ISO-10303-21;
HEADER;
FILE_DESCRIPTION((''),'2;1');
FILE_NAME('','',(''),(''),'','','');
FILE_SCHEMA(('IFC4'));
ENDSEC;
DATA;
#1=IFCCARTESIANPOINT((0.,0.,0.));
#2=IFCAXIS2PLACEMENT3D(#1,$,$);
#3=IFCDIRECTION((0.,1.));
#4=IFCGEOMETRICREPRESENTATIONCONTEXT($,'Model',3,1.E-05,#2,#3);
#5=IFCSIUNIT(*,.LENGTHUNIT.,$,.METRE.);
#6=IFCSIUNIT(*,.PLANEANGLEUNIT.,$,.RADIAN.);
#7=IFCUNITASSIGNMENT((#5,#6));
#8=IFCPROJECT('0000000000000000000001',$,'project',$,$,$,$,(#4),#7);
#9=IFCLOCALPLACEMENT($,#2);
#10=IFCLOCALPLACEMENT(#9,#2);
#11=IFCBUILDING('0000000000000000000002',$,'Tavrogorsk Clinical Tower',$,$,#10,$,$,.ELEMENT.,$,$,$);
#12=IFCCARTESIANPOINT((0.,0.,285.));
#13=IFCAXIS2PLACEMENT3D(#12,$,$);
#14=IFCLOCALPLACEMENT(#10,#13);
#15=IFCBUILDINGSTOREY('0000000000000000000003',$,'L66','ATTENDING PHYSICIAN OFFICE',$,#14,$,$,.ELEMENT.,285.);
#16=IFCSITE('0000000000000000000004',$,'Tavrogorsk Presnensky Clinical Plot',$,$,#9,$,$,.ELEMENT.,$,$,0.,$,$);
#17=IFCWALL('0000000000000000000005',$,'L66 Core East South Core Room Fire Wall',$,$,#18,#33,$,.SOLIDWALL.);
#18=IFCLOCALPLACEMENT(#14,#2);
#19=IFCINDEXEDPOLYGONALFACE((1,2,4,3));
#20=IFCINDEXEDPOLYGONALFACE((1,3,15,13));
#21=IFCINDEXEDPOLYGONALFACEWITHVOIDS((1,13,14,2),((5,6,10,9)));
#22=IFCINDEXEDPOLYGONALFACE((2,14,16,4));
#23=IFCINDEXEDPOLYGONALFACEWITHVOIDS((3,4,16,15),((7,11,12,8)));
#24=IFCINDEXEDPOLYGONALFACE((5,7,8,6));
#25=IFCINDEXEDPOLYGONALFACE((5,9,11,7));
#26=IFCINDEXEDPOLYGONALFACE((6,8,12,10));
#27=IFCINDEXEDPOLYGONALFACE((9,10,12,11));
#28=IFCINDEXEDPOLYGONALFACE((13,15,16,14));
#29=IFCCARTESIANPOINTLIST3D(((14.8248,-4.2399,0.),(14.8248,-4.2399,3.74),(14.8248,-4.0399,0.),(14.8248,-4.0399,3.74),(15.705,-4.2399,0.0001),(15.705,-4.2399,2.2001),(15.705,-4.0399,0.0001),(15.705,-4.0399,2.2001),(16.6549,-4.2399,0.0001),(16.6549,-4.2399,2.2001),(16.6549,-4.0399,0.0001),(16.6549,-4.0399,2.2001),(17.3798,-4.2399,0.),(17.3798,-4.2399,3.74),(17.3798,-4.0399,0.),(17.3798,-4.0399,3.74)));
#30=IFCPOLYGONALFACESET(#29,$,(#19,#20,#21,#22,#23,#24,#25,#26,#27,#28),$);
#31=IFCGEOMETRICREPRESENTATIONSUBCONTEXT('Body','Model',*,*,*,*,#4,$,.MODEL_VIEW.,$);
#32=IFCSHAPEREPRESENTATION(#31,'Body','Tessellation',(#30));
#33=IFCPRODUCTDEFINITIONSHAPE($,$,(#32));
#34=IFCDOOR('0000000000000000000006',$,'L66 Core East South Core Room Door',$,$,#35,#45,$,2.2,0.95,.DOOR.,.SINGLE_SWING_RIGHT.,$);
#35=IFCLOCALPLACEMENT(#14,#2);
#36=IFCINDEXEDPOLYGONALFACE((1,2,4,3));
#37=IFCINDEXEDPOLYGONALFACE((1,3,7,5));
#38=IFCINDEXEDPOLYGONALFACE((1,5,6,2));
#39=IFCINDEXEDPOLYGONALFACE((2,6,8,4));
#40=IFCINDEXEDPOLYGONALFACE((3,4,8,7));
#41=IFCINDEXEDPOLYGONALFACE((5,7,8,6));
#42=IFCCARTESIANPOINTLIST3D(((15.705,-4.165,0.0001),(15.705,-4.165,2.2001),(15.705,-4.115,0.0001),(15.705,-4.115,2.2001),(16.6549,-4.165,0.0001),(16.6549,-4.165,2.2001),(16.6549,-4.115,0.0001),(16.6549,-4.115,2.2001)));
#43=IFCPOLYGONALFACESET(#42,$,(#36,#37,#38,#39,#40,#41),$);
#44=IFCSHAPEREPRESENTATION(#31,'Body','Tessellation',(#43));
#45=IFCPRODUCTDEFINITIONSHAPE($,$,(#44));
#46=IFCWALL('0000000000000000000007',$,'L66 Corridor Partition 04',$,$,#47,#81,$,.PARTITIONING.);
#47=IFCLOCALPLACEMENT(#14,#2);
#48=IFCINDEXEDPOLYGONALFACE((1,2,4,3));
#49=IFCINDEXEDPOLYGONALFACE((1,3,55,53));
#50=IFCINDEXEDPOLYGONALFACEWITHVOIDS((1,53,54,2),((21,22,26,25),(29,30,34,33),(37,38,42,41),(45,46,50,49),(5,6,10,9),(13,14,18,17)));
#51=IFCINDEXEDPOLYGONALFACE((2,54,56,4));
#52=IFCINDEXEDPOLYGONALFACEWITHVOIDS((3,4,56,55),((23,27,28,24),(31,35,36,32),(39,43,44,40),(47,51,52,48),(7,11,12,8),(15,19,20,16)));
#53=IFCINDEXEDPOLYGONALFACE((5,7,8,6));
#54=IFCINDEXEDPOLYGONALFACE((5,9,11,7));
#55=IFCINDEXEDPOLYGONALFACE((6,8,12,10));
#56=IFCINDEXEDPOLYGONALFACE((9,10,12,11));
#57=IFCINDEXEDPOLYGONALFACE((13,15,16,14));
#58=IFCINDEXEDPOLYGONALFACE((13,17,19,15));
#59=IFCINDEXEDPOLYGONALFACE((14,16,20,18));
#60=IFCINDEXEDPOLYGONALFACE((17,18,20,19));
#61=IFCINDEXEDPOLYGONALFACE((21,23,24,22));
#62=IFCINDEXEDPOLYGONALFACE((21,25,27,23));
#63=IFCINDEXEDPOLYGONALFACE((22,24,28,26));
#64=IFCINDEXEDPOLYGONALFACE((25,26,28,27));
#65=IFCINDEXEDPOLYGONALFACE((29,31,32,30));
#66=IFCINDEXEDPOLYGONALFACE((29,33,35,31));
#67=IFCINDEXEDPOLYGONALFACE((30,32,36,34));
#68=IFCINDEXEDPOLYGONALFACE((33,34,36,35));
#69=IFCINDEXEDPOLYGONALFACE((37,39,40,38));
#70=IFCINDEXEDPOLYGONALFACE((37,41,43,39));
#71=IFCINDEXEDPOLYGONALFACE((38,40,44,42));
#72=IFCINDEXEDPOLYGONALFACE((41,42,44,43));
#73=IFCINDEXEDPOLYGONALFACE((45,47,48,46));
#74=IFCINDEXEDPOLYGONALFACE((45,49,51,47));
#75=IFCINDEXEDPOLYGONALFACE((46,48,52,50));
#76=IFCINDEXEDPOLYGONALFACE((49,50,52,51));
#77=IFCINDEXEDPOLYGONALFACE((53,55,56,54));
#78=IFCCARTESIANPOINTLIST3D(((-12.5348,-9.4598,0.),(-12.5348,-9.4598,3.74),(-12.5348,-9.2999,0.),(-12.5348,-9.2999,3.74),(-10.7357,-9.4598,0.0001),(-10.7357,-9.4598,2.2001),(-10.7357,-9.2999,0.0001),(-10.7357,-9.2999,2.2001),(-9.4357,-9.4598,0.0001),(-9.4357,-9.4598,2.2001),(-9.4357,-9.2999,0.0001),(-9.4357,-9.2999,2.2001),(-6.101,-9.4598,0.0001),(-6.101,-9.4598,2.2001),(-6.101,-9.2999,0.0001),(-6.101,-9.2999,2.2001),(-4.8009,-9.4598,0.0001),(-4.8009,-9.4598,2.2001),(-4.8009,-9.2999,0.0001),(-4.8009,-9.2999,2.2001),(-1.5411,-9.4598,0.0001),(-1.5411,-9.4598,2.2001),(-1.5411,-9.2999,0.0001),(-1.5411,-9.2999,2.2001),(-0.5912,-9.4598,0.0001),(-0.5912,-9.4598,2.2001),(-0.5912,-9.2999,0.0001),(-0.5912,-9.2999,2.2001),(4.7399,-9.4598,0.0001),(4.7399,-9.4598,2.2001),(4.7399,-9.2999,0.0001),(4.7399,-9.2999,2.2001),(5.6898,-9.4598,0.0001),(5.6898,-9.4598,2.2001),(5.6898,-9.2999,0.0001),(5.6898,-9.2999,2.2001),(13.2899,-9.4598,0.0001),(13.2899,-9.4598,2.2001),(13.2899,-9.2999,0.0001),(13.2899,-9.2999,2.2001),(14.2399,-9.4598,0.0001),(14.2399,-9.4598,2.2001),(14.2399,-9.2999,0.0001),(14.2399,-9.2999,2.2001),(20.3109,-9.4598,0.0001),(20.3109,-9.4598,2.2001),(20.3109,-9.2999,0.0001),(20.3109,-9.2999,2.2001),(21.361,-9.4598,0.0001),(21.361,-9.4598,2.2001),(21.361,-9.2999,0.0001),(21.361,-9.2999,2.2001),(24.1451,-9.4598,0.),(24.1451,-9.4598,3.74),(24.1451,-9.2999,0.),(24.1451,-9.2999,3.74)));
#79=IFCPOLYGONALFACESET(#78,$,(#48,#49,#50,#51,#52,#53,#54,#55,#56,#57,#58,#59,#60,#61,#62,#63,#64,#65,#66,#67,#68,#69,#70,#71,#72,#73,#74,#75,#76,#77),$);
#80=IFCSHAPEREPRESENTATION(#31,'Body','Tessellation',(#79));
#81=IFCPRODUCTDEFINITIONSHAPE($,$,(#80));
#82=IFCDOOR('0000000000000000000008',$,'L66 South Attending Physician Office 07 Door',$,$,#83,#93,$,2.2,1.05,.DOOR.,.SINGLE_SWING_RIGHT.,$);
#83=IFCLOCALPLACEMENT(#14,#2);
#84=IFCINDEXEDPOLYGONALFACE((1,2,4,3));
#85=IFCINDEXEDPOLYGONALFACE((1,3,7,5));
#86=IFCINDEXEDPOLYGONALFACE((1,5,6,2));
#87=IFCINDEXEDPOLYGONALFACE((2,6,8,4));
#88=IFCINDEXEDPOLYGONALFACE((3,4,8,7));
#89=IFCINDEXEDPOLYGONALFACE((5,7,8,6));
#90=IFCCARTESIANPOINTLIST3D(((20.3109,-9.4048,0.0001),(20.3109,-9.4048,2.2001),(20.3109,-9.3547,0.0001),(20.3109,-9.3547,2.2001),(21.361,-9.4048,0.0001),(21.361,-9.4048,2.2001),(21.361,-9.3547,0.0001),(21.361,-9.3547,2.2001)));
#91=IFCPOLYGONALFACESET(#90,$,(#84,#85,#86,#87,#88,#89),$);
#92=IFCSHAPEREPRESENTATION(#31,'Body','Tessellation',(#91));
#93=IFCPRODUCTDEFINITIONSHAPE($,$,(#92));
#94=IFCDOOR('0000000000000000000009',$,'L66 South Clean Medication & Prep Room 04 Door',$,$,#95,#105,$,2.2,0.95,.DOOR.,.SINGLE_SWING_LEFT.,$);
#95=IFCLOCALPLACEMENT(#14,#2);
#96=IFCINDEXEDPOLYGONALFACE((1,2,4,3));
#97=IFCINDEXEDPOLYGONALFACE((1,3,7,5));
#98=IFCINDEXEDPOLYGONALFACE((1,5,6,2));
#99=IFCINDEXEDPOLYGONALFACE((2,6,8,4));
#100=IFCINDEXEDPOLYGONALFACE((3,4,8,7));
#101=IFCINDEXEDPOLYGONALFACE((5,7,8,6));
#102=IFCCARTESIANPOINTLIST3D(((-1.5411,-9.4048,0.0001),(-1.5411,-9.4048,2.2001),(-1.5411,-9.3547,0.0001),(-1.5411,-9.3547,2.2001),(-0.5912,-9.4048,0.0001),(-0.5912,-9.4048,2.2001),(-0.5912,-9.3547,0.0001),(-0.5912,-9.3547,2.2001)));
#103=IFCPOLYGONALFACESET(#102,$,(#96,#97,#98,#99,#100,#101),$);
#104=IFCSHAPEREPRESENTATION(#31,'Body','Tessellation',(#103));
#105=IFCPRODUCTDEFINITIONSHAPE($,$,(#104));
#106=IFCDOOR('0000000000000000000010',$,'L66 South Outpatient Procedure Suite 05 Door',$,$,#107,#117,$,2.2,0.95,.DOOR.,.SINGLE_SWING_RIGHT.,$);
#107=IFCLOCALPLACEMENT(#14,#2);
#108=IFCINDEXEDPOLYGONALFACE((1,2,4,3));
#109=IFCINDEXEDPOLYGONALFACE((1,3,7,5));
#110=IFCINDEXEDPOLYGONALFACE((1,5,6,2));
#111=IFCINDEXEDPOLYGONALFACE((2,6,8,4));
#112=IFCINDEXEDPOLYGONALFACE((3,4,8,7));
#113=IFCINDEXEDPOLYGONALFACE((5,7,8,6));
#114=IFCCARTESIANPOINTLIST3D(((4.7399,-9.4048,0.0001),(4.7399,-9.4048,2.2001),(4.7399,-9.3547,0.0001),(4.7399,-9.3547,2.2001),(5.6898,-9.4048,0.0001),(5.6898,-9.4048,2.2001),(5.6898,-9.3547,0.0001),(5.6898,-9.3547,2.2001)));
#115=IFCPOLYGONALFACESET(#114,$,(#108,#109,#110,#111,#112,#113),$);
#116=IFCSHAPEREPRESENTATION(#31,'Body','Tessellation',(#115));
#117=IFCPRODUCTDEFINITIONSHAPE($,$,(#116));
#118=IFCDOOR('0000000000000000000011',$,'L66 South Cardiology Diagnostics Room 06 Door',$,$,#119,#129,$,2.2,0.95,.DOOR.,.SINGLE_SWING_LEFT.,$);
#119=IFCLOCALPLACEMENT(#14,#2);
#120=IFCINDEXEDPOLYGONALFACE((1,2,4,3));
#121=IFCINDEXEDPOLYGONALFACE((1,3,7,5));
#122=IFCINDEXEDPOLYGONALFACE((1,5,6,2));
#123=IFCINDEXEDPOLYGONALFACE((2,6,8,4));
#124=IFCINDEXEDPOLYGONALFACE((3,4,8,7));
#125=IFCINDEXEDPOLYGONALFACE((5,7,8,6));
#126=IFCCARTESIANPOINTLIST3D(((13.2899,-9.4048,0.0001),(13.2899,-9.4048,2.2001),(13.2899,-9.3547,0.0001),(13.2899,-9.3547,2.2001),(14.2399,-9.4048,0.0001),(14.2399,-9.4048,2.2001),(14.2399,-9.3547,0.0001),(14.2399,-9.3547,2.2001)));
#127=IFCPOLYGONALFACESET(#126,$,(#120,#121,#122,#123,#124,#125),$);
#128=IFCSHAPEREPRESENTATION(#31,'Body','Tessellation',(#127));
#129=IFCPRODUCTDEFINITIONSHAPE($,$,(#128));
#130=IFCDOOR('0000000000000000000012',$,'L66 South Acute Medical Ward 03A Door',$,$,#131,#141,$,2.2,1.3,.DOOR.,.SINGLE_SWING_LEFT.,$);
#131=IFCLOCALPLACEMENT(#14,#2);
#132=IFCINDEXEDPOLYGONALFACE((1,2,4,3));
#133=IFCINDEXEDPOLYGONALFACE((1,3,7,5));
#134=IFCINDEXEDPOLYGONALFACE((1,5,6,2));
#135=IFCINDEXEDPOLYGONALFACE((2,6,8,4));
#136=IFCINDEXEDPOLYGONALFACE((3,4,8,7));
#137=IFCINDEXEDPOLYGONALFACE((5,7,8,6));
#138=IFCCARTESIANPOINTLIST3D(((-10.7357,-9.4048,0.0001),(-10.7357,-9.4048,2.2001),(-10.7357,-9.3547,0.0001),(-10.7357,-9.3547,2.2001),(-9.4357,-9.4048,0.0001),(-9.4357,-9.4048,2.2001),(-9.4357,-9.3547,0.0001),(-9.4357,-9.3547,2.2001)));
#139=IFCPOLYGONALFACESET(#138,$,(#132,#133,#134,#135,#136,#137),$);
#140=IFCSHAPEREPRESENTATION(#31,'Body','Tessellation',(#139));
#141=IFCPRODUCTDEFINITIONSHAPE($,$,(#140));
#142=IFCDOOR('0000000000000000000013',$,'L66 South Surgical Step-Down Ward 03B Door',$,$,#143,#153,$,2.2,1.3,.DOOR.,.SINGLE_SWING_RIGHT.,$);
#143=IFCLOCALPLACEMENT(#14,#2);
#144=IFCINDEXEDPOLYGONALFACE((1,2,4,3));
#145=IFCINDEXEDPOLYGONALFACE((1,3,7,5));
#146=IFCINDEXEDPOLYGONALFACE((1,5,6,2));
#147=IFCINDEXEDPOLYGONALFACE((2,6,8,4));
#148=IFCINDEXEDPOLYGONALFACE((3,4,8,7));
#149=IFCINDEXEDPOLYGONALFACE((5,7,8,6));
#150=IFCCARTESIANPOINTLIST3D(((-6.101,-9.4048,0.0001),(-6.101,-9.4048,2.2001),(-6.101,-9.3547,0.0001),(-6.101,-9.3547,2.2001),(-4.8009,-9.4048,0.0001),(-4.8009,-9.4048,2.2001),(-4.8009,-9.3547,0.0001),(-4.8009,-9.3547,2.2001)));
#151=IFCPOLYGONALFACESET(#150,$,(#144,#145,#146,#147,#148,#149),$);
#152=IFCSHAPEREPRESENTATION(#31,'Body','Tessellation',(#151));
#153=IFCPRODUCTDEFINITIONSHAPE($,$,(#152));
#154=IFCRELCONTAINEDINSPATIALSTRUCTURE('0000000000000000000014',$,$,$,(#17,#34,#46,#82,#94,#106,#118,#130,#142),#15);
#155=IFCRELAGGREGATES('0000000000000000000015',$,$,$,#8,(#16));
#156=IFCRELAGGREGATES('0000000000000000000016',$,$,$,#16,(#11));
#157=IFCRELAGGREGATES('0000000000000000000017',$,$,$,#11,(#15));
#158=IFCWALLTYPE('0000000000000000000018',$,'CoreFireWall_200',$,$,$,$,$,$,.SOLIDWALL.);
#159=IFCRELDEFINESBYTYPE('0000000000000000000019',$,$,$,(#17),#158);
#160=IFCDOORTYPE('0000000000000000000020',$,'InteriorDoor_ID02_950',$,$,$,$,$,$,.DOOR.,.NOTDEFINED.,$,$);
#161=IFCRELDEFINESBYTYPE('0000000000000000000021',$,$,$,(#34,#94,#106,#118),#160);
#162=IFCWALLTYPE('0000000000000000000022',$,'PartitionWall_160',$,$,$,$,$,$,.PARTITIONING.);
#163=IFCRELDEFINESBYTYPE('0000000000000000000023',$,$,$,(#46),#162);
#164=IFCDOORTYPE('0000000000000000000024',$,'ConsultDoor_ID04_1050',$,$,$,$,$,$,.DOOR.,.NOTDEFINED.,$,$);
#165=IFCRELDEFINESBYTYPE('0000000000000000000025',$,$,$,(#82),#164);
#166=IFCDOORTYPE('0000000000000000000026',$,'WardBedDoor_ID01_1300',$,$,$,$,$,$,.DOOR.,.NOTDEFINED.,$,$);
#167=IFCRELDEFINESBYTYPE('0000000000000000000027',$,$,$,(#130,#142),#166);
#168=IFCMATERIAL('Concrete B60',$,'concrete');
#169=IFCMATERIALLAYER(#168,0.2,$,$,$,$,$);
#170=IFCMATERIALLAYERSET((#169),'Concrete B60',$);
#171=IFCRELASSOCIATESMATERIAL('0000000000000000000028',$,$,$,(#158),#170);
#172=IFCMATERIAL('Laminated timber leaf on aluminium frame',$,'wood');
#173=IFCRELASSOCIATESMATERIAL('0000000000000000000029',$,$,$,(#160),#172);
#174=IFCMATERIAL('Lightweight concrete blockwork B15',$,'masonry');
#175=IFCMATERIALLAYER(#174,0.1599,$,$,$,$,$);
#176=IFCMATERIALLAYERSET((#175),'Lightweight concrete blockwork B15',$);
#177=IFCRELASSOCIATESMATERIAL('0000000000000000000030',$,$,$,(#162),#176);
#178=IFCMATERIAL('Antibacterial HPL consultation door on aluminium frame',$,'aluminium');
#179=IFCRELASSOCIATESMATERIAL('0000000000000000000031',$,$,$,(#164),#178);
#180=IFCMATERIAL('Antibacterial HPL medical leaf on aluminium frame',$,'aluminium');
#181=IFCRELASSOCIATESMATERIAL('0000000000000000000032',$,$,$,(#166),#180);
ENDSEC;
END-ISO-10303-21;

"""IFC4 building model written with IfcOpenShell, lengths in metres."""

from ifc_helpers import new_model, si_unit, direction, frame, frame_2d, origin, place, context, subcontext, project, spatial, rectangle, extrude, material, layer, layer_set, type_object, element, fill, save


model = new_model("IFC4")

# Units and contexts
model_context = context("Model", 3, precision=1e-05, world=origin(), true_north=direction((0.0, 1.0)))
body_context = subcontext(model_context, "Body", "Model", "MODEL_VIEW")
ifc_project = project(units=[si_unit("LENGTHUNIT", "METRE"), si_unit("PLANEANGLEUNIT", "RADIAN")], contexts=[model_context])

# Site, building, storey
site_placement = place(None, origin())
site = spatial("IfcSite", under=ifc_project, at=site_placement, Name="Tavrogorsk Presnensky Clinical Plot", CompositionType="ELEMENT", RefElevation=0.0)
building_placement = place(site_placement, origin())
building = spatial("IfcBuilding", under=site, at=building_placement, Name="Tavrogorsk Clinical Tower", CompositionType="ELEMENT")
storey_placement = place(building_placement, frame((0.0, 0.0, 285.0)))
storey = spatial("IfcBuildingStorey", under=building, at=storey_placement, Name="L66", Description="ATTENDING PHYSICIAN OFFICE", CompositionType="ELEMENT", Elevation=285.0)

# Wall, opening, door
ifc_material_1 = material(Name="Concrete B60", Category="concrete")
ifc_layer_1 = layer(ifc_material_1, 0.2)
ifc_layer_set_1 = layer_set([ifc_layer_1], Name="Concrete B60")
wall_type_1 = type_object("IfcWallType", Name="CoreFireWall_200", PredefinedType="SOLIDWALL", material=ifc_layer_set_1)
wall_1_placement = place(storey_placement, frame((14.825, -4.1399, 0.0), z_axis=(0.0, 0.0, 1.0), x_axis=(1.0, 0.0, 0.0)))
wall_1 = element("IfcWall", 1, at=wall_1_placement, inside=storey, type_object=wall_type_1, Name="L66 Core East South Core Room Fire Wall", PredefinedType="SOLIDWALL", context=body_context, shape_type="SweptSolid", body=[
    extrude(rectangle(XDim=2.5549, YDim=0.2, at=frame_2d((1.2773, 0.0))), origin(), (0.0, 0.0, 1.0), 3.74),
])
opening_1_placement = place(wall_1_placement, frame((0.8799, 0.0, 0.0)))
opening_1 = element("IfcOpeningElement", 2, at=opening_1_placement, cuts=wall_1, PredefinedType="OPENING", context=body_context, shape_type="SweptSolid", body=[
    extrude(rectangle(XDim=0.95, YDim=2.2, at=frame_2d((0.4751, 1.1001))), frame((0.0, 0.1099, 0.0), z_axis=(0.0, -1.0, 0.0), x_axis=(1.0, 0.0, 0.0)), (0.0, 0.0, 1.0), 0.22),
])
ifc_material_2 = material(Name="Laminated timber leaf on aluminium frame", Category="wood")
door_type_1 = type_object("IfcDoorType", Name="InteriorDoor_ID02_950", OperationType="NOTDEFINED", PredefinedType="DOOR", material=ifc_material_2)
door_1_placement = place(opening_1_placement, origin())
door_1 = element("IfcDoor", 3, at=door_1_placement, inside=storey, type_object=door_type_1, Name="L66 Core East South Core Room Door", OperationType="SINGLE_SWING_RIGHT", OverallHeight=2.2, OverallWidth=0.95, PredefinedType="DOOR", context=body_context, shape_type="SweptSolid", body=[
    extrude(rectangle(XDim=0.95, YDim=2.2, at=frame_2d((0.4751, 1.1001))), frame((0.0, 0.0249, 0.0), z_axis=(0.0, -1.0, 0.0), x_axis=(1.0, 0.0, 0.0)), (0.0, 0.0, 1.0), 0.05),
])
fill(opening_1, door_1)

# Wall, openings, doors
ifc_material_3 = material(Name="Lightweight concrete blockwork B15", Category="masonry")
ifc_layer_2 = layer(ifc_material_3, 0.1599)
ifc_layer_set_2 = layer_set([ifc_layer_2], Name="Lightweight concrete blockwork B15")
wall_type_2 = type_object("IfcWallType", Name="PartitionWall_160", PredefinedType="PARTITIONING", material=ifc_layer_set_2)
wall_2_placement = place(storey_placement, frame((24.145, -9.3799, 0.0), z_axis=(0.0, 0.0, 1.0), x_axis=(-1.0, 0.0, 0.0)))
wall_2 = element("IfcWall", 4, at=wall_2_placement, inside=storey, type_object=wall_type_2, Name="L66 Corridor Partition 04", PredefinedType="PARTITIONING", context=body_context, shape_type="SweptSolid", body=[
    extrude(rectangle(XDim=36.6799, YDim=0.1599, at=frame_2d((18.3398, 0.0))), origin(), (0.0, 0.0, 1.0), 3.74),
])
opening_2_placement = place(wall_2_placement, frame((33.5808, 0.0, 0.0)))
opening_2 = element("IfcOpeningElement", 5, at=opening_2_placement, cuts=wall_2, PredefinedType="OPENING", context=body_context, shape_type="SweptSolid", body=[
    extrude(rectangle(XDim=1.3, YDim=2.2, at=frame_2d((0.6499, 1.1001))), frame((0.0, 0.0898, 0.0), z_axis=(0.0, -1.0, 0.0), x_axis=(1.0, 0.0, 0.0)), (0.0, 0.0, 1.0), 0.1799),
])
opening_3_placement = place(wall_2_placement, frame((28.946, 0.0, 0.0)))
opening_3 = element("IfcOpeningElement", 6, at=opening_3_placement, cuts=wall_2, PredefinedType="OPENING", context=body_context, shape_type="SweptSolid", body=[
    extrude(rectangle(XDim=1.3, YDim=2.2, at=frame_2d((0.6499, 1.1001))), frame((0.0, 0.0898, 0.0), z_axis=(0.0, -1.0, 0.0), x_axis=(1.0, 0.0, 0.0)), (0.0, 0.0, 1.0), 0.1799),
])
opening_4_placement = place(wall_2_placement, frame((24.7361, 0.0, 0.0)))
opening_4 = element("IfcOpeningElement", 7, at=opening_4_placement, cuts=wall_2, PredefinedType="OPENING", context=body_context, shape_type="SweptSolid", body=[
    extrude(rectangle(XDim=0.95, YDim=2.2, at=frame_2d((0.4751, 1.1001))), frame((0.0, 0.0898, 0.0), z_axis=(0.0, -1.0, 0.0), x_axis=(1.0, 0.0, 0.0)), (0.0, 0.0, 1.0), 0.1799),
])
opening_5_placement = place(wall_2_placement, frame((18.4551, 0.0, 0.0)))
opening_5 = element("IfcOpeningElement", 8, at=opening_5_placement, cuts=wall_2, PredefinedType="OPENING", context=body_context, shape_type="SweptSolid", body=[
    extrude(rectangle(XDim=0.95, YDim=2.2, at=frame_2d((0.4751, 1.1001))), frame((0.0, 0.0898, 0.0), z_axis=(0.0, -1.0, 0.0), x_axis=(1.0, 0.0, 0.0)), (0.0, 0.0, 1.0), 0.1799),
])
opening_6_placement = place(wall_2_placement, frame((9.905, 0.0, 0.0)))
opening_6 = element("IfcOpeningElement", 9, at=opening_6_placement, cuts=wall_2, PredefinedType="OPENING", context=body_context, shape_type="SweptSolid", body=[
    extrude(rectangle(XDim=0.95, YDim=2.2, at=frame_2d((0.4751, 1.1001))), frame((0.0, 0.0898, 0.0), z_axis=(0.0, -1.0, 0.0), x_axis=(1.0, 0.0, 0.0)), (0.0, 0.0, 1.0), 0.1799),
])
opening_7_placement = place(wall_2_placement, frame((2.7842, 0.0, 0.0)))
opening_7 = element("IfcOpeningElement", 10, at=opening_7_placement, cuts=wall_2, PredefinedType="OPENING", context=body_context, shape_type="SweptSolid", body=[
    extrude(rectangle(XDim=1.05, YDim=2.2, at=frame_2d((0.5249, 1.1001))), frame((0.0, 0.0898, 0.0), z_axis=(0.0, -1.0, 0.0), x_axis=(1.0, 0.0, 0.0)), (0.0, 0.0, 1.0), 0.1799),
])
ifc_material_4 = material(Name="Antibacterial HPL consultation door on aluminium frame", Category="aluminium")
door_type_2 = type_object("IfcDoorType", Name="ConsultDoor_ID04_1050", OperationType="NOTDEFINED", PredefinedType="DOOR", material=ifc_material_4)
door_2_placement = place(opening_7_placement, origin())
door_2 = element("IfcDoor", 11, at=door_2_placement, inside=storey, type_object=door_type_2, Name="L66 South Attending Physician Office 07 Door", OperationType="SINGLE_SWING_RIGHT", OverallHeight=2.2, OverallWidth=1.05, PredefinedType="DOOR", context=body_context, shape_type="SweptSolid", body=[
    extrude(rectangle(XDim=1.05, YDim=2.2, at=frame_2d((0.5249, 1.1001))), frame((0.0, 0.0249, 0.0), z_axis=(0.0, -1.0, 0.0), x_axis=(1.0, 0.0, 0.0)), (0.0, 0.0, 1.0), 0.05),
])
fill(opening_7, door_2)
door_3_placement = place(opening_4_placement, origin())
door_3 = element("IfcDoor", 12, at=door_3_placement, inside=storey, type_object=door_type_1, Name="L66 South Clean Medication & Prep Room 04 Door", OperationType="SINGLE_SWING_LEFT", OverallHeight=2.2, OverallWidth=0.95, PredefinedType="DOOR", context=body_context, shape_type="SweptSolid", body=[
    extrude(rectangle(XDim=0.95, YDim=2.2, at=frame_2d((0.4751, 1.1001))), frame((0.0, 0.0249, 0.0), z_axis=(0.0, -1.0, 0.0), x_axis=(1.0, 0.0, 0.0)), (0.0, 0.0, 1.0), 0.05),
])
fill(opening_4, door_3)
door_4_placement = place(opening_5_placement, origin())
door_4 = element("IfcDoor", 13, at=door_4_placement, inside=storey, type_object=door_type_1, Name="L66 South Outpatient Procedure Suite 05 Door", OperationType="SINGLE_SWING_RIGHT", OverallHeight=2.2, OverallWidth=0.95, PredefinedType="DOOR", context=body_context, shape_type="SweptSolid", body=[
    extrude(rectangle(XDim=0.95, YDim=2.2, at=frame_2d((0.4751, 1.1001))), frame((0.0, 0.0249, 0.0), z_axis=(0.0, -1.0, 0.0), x_axis=(1.0, 0.0, 0.0)), (0.0, 0.0, 1.0), 0.05),
])
fill(opening_5, door_4)
door_5_placement = place(opening_6_placement, origin())
door_5 = element("IfcDoor", 14, at=door_5_placement, inside=storey, type_object=door_type_1, Name="L66 South Cardiology Diagnostics Room 06 Door", OperationType="SINGLE_SWING_LEFT", OverallHeight=2.2, OverallWidth=0.95, PredefinedType="DOOR", context=body_context, shape_type="SweptSolid", body=[
    extrude(rectangle(XDim=0.95, YDim=2.2, at=frame_2d((0.4751, 1.1001))), frame((0.0, 0.0249, 0.0), z_axis=(0.0, -1.0, 0.0), x_axis=(1.0, 0.0, 0.0)), (0.0, 0.0, 1.0), 0.05),
])
fill(opening_6, door_5)
ifc_material_5 = material(Name="Antibacterial HPL medical leaf on aluminium frame", Category="aluminium")
door_type_3 = type_object("IfcDoorType", Name="WardBedDoor_ID01_1300", OperationType="NOTDEFINED", PredefinedType="DOOR", material=ifc_material_5)
door_6_placement = place(opening_2_placement, origin())
door_6 = element("IfcDoor", 15, at=door_6_placement, inside=storey, type_object=door_type_3, Name="L66 South Acute Medical Ward 03A Door", OperationType="SINGLE_SWING_LEFT", OverallHeight=2.2, OverallWidth=1.3, PredefinedType="DOOR", context=body_context, shape_type="SweptSolid", body=[
    extrude(rectangle(XDim=1.3, YDim=2.2, at=frame_2d((0.6499, 1.1001))), frame((0.0, 0.0249, 0.0), z_axis=(0.0, -1.0, 0.0), x_axis=(1.0, 0.0, 0.0)), (0.0, 0.0, 1.0), 0.05),
])
fill(opening_2, door_6)
door_7_placement = place(opening_3_placement, origin())
door_7 = element("IfcDoor", 16, at=door_7_placement, inside=storey, type_object=door_type_3, Name="L66 South Surgical Step-Down Ward 03B Door", OperationType="SINGLE_SWING_RIGHT", OverallHeight=2.2, OverallWidth=1.3, PredefinedType="DOOR", context=body_context, shape_type="SweptSolid", body=[
    extrude(rectangle(XDim=1.3, YDim=2.2, at=frame_2d((0.6499, 1.1001))), frame((0.0, 0.0249, 0.0), z_axis=(0.0, -1.0, 0.0), x_axis=(1.0, 0.0, 0.0)), (0.0, 0.0, 1.0), 0.05),
])
fill(opening_3, door_7)

save(model, "model.ifc")
